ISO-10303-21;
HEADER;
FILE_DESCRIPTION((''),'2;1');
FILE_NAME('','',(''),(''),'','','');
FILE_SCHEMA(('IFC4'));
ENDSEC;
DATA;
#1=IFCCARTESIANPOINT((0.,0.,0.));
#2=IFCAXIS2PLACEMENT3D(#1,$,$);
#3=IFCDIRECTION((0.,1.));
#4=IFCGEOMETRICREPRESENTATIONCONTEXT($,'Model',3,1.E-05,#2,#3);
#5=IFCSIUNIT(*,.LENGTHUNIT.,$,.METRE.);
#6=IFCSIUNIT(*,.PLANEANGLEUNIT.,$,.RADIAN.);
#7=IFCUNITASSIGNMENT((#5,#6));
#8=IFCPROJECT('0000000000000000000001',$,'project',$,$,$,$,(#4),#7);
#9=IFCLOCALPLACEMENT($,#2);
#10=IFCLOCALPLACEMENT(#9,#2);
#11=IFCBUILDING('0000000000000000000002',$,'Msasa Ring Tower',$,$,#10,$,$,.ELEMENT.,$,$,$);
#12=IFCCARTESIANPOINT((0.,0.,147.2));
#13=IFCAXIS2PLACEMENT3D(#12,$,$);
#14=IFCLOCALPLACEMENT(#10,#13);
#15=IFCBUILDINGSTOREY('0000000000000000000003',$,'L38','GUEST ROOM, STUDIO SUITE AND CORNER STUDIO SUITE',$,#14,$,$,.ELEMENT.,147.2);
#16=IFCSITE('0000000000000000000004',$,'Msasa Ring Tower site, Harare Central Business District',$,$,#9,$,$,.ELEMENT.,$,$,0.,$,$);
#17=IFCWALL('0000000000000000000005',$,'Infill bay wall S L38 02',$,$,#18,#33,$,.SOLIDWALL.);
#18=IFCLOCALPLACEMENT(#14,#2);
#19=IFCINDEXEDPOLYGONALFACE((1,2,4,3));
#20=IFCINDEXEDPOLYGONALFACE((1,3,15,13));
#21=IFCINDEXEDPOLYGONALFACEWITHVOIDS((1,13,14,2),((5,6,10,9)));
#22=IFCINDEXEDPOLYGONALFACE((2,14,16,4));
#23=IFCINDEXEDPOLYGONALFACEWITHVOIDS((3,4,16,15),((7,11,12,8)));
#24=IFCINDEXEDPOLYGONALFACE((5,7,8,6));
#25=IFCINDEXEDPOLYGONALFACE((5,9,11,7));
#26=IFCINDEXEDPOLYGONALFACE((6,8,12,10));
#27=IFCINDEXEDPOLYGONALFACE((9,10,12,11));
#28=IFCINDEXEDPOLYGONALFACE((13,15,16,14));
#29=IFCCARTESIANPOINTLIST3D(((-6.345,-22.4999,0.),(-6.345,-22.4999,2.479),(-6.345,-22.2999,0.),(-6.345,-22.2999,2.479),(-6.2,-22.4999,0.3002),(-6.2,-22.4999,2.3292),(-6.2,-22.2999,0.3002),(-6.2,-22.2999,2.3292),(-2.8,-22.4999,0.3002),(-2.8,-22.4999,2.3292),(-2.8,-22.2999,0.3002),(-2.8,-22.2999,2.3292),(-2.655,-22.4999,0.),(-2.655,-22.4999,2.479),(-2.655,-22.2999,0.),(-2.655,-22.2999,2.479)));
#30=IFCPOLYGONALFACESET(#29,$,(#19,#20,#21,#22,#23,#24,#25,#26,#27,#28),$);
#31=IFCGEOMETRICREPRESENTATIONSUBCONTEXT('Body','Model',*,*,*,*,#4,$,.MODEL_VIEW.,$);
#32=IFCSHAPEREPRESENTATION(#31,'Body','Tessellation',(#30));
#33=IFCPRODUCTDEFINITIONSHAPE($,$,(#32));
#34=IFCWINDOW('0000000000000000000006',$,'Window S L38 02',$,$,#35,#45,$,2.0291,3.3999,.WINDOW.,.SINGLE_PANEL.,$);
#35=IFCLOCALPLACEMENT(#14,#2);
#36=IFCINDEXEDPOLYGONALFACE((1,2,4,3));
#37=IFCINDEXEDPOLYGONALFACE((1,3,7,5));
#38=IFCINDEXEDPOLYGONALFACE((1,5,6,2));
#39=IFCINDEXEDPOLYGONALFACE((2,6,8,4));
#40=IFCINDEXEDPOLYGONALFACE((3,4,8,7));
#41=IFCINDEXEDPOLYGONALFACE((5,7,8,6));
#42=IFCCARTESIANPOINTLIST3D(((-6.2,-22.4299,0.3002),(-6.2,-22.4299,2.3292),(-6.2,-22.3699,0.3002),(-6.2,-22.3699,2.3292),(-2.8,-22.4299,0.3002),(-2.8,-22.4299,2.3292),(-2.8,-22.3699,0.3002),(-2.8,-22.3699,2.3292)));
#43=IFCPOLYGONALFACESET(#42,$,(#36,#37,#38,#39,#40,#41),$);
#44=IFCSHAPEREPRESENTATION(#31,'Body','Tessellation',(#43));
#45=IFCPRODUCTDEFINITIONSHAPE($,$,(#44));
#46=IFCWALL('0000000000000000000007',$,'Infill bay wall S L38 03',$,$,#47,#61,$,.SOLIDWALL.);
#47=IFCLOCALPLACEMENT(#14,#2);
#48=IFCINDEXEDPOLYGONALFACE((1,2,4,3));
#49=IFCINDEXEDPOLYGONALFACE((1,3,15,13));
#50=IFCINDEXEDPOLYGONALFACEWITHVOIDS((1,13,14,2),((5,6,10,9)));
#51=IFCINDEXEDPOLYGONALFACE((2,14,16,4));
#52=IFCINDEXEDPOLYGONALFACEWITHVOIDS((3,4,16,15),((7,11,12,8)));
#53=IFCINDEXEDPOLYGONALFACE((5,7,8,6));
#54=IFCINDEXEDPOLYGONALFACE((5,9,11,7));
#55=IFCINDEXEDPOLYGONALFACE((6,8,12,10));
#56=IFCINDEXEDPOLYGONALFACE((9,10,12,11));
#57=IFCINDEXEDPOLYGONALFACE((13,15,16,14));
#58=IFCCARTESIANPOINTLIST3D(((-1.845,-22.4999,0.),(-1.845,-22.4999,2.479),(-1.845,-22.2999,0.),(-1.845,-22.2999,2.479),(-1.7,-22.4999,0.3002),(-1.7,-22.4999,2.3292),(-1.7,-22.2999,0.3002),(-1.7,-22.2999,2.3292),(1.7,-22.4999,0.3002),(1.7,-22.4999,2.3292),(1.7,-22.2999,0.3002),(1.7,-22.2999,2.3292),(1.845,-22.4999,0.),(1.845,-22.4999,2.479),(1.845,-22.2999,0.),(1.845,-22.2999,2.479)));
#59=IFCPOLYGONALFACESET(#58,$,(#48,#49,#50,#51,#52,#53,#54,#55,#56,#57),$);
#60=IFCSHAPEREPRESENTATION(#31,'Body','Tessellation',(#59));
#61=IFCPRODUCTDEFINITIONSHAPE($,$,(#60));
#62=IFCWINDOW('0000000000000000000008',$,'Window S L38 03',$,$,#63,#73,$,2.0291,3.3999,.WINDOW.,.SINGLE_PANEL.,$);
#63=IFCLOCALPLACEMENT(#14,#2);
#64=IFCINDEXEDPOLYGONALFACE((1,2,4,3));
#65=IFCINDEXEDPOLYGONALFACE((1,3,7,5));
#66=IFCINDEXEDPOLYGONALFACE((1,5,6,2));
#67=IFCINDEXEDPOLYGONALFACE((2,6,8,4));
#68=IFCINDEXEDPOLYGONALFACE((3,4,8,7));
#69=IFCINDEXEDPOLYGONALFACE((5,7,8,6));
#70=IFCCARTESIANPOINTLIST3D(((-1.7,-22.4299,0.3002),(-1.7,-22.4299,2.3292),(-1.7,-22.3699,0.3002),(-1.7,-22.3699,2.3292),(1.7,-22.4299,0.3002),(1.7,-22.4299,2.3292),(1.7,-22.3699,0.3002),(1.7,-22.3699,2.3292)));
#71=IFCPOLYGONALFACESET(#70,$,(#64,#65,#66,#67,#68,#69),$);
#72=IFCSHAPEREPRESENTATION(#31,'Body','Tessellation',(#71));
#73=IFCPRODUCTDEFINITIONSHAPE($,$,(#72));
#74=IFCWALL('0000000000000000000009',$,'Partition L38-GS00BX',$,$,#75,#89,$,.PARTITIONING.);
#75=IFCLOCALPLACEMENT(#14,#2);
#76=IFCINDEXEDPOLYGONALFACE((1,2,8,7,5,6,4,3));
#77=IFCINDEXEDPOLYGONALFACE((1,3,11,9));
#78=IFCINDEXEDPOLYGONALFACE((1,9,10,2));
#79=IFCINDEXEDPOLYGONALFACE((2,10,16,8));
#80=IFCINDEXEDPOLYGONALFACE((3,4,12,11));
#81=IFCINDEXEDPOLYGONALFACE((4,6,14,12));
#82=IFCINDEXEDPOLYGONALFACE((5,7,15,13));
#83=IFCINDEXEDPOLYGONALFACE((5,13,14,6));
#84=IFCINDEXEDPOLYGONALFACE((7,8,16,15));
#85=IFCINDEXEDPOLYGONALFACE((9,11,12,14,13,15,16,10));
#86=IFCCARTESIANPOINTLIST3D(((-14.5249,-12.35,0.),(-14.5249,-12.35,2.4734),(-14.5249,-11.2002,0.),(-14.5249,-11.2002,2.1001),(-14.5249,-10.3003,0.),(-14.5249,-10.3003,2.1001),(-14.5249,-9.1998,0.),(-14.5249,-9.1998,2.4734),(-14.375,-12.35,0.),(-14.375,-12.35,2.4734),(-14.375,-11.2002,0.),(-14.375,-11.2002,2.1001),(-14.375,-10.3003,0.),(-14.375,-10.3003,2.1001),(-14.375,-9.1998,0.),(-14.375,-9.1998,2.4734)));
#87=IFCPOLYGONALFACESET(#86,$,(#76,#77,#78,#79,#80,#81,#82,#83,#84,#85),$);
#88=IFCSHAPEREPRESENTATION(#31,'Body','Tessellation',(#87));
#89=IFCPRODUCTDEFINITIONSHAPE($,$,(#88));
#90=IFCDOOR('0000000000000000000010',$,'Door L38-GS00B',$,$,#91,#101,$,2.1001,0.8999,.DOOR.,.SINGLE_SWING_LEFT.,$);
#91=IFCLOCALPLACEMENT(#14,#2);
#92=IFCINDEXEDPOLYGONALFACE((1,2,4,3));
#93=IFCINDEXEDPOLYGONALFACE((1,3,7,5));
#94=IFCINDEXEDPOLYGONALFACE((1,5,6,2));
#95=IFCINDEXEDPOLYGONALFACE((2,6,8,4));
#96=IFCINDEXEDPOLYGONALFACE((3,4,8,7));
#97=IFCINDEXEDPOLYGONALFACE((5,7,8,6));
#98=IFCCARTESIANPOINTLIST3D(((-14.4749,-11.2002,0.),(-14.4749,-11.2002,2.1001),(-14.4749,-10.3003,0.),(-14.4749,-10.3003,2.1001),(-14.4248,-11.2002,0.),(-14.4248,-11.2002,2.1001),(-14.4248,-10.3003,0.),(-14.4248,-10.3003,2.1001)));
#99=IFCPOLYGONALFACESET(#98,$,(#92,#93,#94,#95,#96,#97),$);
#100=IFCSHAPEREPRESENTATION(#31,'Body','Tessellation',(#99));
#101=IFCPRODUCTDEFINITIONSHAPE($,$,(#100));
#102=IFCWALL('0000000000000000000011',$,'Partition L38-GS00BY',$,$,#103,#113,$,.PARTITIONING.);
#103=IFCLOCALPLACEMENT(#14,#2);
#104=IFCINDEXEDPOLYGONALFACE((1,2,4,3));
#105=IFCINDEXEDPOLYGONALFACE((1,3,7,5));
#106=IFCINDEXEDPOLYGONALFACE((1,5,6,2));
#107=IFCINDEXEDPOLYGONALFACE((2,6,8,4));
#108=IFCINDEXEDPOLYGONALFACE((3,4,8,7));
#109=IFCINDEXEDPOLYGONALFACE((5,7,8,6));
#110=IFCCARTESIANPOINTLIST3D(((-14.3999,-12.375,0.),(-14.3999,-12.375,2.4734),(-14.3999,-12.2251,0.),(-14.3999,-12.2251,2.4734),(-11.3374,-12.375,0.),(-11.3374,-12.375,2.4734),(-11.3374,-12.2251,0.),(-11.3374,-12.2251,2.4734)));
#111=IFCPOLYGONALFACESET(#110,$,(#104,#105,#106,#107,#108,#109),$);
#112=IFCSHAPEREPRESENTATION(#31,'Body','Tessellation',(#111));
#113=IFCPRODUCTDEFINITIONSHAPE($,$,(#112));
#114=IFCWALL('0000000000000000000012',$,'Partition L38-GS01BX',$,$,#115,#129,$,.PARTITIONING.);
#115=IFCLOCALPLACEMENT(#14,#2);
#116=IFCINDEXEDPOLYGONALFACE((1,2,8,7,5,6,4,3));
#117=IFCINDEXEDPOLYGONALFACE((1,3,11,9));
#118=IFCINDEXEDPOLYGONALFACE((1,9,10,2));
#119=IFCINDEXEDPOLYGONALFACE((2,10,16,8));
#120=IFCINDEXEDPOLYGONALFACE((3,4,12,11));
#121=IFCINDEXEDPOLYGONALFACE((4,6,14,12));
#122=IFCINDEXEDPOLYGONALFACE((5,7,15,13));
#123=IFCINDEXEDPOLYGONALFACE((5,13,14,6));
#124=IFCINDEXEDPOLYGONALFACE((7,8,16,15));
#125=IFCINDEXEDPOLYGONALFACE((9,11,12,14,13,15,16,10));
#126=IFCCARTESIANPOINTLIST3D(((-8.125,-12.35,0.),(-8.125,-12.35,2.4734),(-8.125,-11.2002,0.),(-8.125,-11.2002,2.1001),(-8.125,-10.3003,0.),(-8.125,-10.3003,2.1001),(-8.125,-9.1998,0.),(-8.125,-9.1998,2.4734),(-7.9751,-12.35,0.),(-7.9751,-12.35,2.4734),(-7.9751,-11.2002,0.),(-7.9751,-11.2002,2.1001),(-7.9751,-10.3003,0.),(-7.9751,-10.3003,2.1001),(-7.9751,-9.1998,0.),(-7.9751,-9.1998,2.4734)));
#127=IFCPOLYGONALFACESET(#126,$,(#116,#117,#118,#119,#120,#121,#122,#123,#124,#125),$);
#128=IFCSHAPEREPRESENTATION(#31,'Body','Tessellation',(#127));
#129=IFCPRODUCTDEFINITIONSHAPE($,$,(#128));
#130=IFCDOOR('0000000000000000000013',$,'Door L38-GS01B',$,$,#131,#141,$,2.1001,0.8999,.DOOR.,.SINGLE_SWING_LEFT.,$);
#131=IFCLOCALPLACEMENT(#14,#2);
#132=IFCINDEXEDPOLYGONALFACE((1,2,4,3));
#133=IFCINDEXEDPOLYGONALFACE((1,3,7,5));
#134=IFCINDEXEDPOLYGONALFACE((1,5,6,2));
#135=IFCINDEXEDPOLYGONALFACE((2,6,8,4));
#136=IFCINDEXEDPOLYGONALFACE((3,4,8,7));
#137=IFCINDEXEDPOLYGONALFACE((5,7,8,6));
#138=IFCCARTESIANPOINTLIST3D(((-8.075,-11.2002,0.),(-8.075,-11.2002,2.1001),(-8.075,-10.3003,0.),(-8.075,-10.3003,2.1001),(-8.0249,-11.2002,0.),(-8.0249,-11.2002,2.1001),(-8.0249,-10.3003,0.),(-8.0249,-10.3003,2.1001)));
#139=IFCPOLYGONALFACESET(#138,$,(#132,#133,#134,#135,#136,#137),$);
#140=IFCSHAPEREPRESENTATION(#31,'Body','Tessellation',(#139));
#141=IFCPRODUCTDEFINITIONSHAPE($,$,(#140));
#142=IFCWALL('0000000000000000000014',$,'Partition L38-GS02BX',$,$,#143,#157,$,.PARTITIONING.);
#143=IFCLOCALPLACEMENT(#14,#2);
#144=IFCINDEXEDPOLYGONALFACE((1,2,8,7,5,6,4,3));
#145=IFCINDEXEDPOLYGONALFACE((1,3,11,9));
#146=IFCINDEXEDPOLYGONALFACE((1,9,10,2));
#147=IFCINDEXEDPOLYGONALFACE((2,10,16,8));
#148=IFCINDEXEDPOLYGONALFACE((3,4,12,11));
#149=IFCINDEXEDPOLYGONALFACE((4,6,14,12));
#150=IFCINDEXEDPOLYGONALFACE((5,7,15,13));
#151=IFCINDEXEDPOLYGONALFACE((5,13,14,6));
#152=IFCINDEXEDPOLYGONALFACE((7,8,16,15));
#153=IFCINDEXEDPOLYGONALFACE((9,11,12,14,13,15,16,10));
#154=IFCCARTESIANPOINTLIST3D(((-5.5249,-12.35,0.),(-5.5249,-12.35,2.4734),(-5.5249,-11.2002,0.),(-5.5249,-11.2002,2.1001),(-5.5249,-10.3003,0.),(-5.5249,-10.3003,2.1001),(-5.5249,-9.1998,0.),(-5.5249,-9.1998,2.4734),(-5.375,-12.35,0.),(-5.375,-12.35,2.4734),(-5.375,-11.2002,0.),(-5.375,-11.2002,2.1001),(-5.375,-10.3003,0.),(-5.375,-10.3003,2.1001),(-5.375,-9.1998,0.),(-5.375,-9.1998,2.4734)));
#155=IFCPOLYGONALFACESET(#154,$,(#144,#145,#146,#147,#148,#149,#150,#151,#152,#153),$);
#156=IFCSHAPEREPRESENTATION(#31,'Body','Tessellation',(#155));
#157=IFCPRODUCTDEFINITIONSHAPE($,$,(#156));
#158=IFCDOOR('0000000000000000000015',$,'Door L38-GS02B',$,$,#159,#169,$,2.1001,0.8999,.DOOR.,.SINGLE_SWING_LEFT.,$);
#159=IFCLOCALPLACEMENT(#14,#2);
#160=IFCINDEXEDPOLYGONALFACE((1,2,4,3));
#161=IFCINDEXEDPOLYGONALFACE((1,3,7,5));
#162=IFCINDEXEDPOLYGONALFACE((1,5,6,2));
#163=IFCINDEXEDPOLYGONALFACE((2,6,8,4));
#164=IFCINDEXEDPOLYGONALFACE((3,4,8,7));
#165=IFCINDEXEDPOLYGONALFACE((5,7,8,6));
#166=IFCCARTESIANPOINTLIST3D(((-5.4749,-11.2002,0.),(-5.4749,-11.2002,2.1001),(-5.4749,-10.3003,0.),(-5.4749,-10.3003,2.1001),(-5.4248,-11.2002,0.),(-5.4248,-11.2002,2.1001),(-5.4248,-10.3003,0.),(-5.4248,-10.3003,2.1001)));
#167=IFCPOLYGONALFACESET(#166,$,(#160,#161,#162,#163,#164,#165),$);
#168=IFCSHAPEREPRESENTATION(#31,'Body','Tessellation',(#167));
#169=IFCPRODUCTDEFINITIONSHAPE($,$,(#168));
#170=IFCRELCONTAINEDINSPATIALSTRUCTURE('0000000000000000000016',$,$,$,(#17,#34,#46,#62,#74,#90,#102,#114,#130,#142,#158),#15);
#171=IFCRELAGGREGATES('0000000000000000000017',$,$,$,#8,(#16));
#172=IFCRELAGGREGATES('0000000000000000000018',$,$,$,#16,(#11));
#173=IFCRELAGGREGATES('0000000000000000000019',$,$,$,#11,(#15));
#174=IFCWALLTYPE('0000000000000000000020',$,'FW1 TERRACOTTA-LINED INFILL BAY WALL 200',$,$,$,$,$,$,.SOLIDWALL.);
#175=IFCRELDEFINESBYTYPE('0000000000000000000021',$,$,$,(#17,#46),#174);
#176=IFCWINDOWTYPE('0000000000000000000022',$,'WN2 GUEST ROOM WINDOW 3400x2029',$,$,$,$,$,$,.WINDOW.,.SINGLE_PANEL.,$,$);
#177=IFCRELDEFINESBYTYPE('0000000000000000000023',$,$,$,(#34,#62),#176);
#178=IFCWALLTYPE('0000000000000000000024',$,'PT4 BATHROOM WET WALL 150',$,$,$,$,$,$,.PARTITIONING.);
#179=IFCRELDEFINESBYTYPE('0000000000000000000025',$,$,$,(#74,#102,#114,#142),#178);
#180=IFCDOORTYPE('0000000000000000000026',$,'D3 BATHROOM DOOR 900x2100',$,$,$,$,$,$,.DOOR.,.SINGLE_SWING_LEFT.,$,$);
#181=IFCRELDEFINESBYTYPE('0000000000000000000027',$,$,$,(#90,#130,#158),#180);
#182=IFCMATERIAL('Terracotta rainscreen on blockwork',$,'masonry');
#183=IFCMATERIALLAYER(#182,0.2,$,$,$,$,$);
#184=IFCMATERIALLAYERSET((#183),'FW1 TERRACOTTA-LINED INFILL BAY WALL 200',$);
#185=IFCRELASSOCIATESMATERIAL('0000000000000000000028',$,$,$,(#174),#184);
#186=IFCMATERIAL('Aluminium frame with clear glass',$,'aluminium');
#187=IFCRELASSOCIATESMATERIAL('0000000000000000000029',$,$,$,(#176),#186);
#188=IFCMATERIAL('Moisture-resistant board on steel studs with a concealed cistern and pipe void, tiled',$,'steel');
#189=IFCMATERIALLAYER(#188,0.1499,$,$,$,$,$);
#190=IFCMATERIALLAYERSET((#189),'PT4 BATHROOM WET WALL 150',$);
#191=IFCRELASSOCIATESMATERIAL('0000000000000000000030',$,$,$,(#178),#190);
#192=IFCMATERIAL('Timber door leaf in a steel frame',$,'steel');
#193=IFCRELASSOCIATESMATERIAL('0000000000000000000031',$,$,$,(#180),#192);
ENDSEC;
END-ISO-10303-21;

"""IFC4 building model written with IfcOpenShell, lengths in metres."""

from ifc_helpers import new_model, si_unit, direction, frame, frame_2d, origin, place, context, subcontext, project, spatial, rectangle, extrude, material, layer, layer_set, type_object, element, fill, save


model = new_model("IFC4")

# Units and contexts
model_context = context("Model", 3, precision=1e-05, world=origin(), true_north=direction((0.0, 1.0)))
body_context = subcontext(model_context, "Body", "Model", "MODEL_VIEW")
ifc_project = project(units=[si_unit("LENGTHUNIT", "METRE"), si_unit("PLANEANGLEUNIT", "RADIAN")], contexts=[model_context])

# Site, building, storey
site_placement = place(None, origin())
site = spatial("IfcSite", under=ifc_project, at=site_placement, Name="Msasa Ring Tower site, Harare Central Business District", CompositionType="ELEMENT", RefElevation=0.0)
building_placement = place(site_placement, origin())
building = spatial("IfcBuilding", under=site, at=building_placement, Name="Msasa Ring Tower", CompositionType="ELEMENT")
storey_placement = place(building_placement, frame((0.0, 0.0, 147.2)))
storey = spatial("IfcBuildingStorey", under=building, at=storey_placement, Name="L38", Description="GUEST ROOM, STUDIO SUITE AND CORNER STUDIO SUITE", CompositionType="ELEMENT", Elevation=147.2)

# Walls, openings, windows
ifc_material_1 = material(Name="Terracotta rainscreen on blockwork", Category="masonry")
ifc_layer_1 = layer(ifc_material_1, 0.2)
ifc_layer_set_1 = layer_set([ifc_layer_1], Name="FW1 TERRACOTTA-LINED INFILL BAY WALL 200")
wall_type_1 = type_object("IfcWallType", Name="FW1 TERRACOTTA-LINED INFILL BAY WALL 200", PredefinedType="SOLIDWALL", material=ifc_layer_set_1)
ifc_material_2 = material(Name="Aluminium frame with clear glass", Category="aluminium")
window_type = type_object("IfcWindowType", Name="WN2 GUEST ROOM WINDOW 3400x2029", PartitioningType="SINGLE_PANEL", PredefinedType="WINDOW", material=ifc_material_2)
wall_1_placement = place(storey_placement, frame((-6.345, -22.3999, 0.0), z_axis=(0.0, 0.0, 1.0), x_axis=(1.0, 0.0, 0.0)))
wall_1 = element("IfcWall", 1, at=wall_1_placement, inside=storey, type_object=wall_type_1, Name="Infill bay wall S L38 02", PredefinedType="SOLIDWALL", context=body_context, shape_type="SweptSolid", body=[
    extrude(rectangle(XDim=3.6899, YDim=0.2, at=frame_2d((1.845, 0.0))), origin(), (0.0, 0.0, 1.0), 2.479),
])
opening_1_placement = place(wall_1_placement, frame((0.145, 0.0, 0.3)))
opening_1 = element("IfcOpeningElement", 2, at=opening_1_placement, cuts=wall_1, PredefinedType="OPENING", context=body_context, shape_type="SweptSolid", body=[
    extrude(rectangle(XDim=3.3999, YDim=2.0291, at=frame_2d((1.7, 1.0146))), frame((0.0, 0.1099, 0.0), z_axis=(0.0, -1.0, 0.0), x_axis=(1.0, 0.0, 0.0)), (0.0, 0.0, 1.0), 0.22),
])
window_1_placement = place(opening_1_placement, origin())
window_1 = element("IfcWindow", 3, at=window_1_placement, inside=storey, type_object=window_type, Name="Window S L38 02", OverallHeight=2.0291, OverallWidth=3.3999, PartitioningType="SINGLE_PANEL", PredefinedType="WINDOW", context=body_context, shape_type="SweptSolid", body=[
    extrude(rectangle(XDim=3.3999, YDim=2.0291, at=frame_2d((1.7, 1.0146))), frame((0.0, 0.03, 0.0), z_axis=(0.0, -1.0, 0.0), x_axis=(1.0, 0.0, 0.0)), (0.0, 0.0, 1.0), 0.0601),
])
fill(opening_1, window_1)
wall_2_placement = place(storey_placement, frame((-1.845, -22.3999, 0.0), z_axis=(0.0, 0.0, 1.0), x_axis=(1.0, 0.0, 0.0)))
wall_2 = element("IfcWall", 4, at=wall_2_placement, inside=storey, type_object=wall_type_1, Name="Infill bay wall S L38 03", PredefinedType="SOLIDWALL", context=body_context, shape_type="SweptSolid", body=[
    extrude(rectangle(XDim=3.6899, YDim=0.2, at=frame_2d((1.845, 0.0))), origin(), (0.0, 0.0, 1.0), 2.479),
])
opening_2_placement = place(wall_2_placement, frame((0.145, 0.0, 0.3)))
opening_2 = element("IfcOpeningElement", 5, at=opening_2_placement, cuts=wall_2, PredefinedType="OPENING", context=body_context, shape_type="SweptSolid", body=[
    extrude(rectangle(XDim=3.3999, YDim=2.0291, at=frame_2d((1.7, 1.0146))), frame((0.0, 0.1099, 0.0), z_axis=(0.0, -1.0, 0.0), x_axis=(1.0, 0.0, 0.0)), (0.0, 0.0, 1.0), 0.22),
])
window_2_placement = place(opening_2_placement, origin())
window_2 = element("IfcWindow", 6, at=window_2_placement, inside=storey, type_object=window_type, Name="Window S L38 03", OverallHeight=2.0291, OverallWidth=3.3999, PartitioningType="SINGLE_PANEL", PredefinedType="WINDOW", context=body_context, shape_type="SweptSolid", body=[
    extrude(rectangle(XDim=3.3999, YDim=2.0291, at=frame_2d((1.7, 1.0146))), frame((0.0, 0.03, 0.0), z_axis=(0.0, -1.0, 0.0), x_axis=(1.0, 0.0, 0.0)), (0.0, 0.0, 1.0), 0.0601),
])
fill(opening_2, window_2)

# Wall, opening, door
ifc_material_3 = material(Name="Moisture-resistant board on steel studs with a concealed cistern and pipe void, tiled", Category="steel")
ifc_layer_2 = layer(ifc_material_3, 0.1499)
ifc_layer_set_2 = layer_set([ifc_layer_2], Name="PT4 BATHROOM WET WALL 150")
wall_type_2 = type_object("IfcWallType", Name="PT4 BATHROOM WET WALL 150", PredefinedType="PARTITIONING", material=ifc_layer_set_2)
wall_3_placement = place(storey_placement, frame((-14.45, -12.3501, 0.0), z_axis=(0.0, 0.0, 1.0), x_axis=(0.0, 1.0, 0.0)))
wall_3 = element("IfcWall", 7, at=wall_3_placement, inside=storey, type_object=wall_type_2, Name="Partition L38-GS00BX", PredefinedType="PARTITIONING", context=body_context, shape_type="SweptSolid", body=[
    extrude(rectangle(XDim=3.1501, YDim=0.1499, at=frame_2d((1.5752, 0.0))), origin(), (0.0, 0.0, 1.0), 2.4734),
])
opening_3_placement = place(wall_3_placement, frame((1.1499, 0.0, 0.0)))
opening_3 = element("IfcOpeningElement", 8, at=opening_3_placement, cuts=wall_3, PredefinedType="OPENING", context=body_context, shape_type="SweptSolid", body=[
    extrude(rectangle(XDim=0.8999, YDim=2.1001, at=frame_2d((0.45, 1.05))), frame((0.0, 0.085, 0.0), z_axis=(0.0, -1.0, 0.0), x_axis=(1.0, 0.0, 0.0)), (0.0, 0.0, 1.0), 0.1699),
])
ifc_material_4 = material(Name="Timber door leaf in a steel frame", Category="steel")
door_type = type_object("IfcDoorType", Name="D3 BATHROOM DOOR 900x2100", OperationType="SINGLE_SWING_LEFT", PredefinedType="DOOR", material=ifc_material_4)
door_1_placement = place(opening_3_placement, origin())
door_1 = element("IfcDoor", 9, at=door_1_placement, inside=storey, type_object=door_type, Name="Door L38-GS00B", OperationType="SINGLE_SWING_LEFT", OverallHeight=2.1001, OverallWidth=0.8999, PredefinedType="DOOR", context=body_context, shape_type="SweptSolid", body=[
    extrude(rectangle(XDim=0.8999, YDim=2.1001, at=frame_2d((0.45, 1.05))), frame((0.0, 0.0249, 0.0), z_axis=(0.0, -1.0, 0.0), x_axis=(1.0, 0.0, 0.0)), (0.0, 0.0, 1.0), 0.05),
])
fill(opening_3, door_1)

# Wall
wall_4_placement = place(storey_placement, frame((-14.3999, -12.3, 0.0), z_axis=(0.0, 0.0, 1.0), x_axis=(1.0, 0.0, 0.0)))
element("IfcWall", 10, at=wall_4_placement, inside=storey, type_object=wall_type_2, Name="Partition L38-GS00BY", PredefinedType="PARTITIONING", context=body_context, shape_type="SweptSolid", body=[
    extrude(rectangle(XDim=3.0625, YDim=0.1499, at=frame_2d((1.5312, 0.0))), origin(), (0.0, 0.0, 1.0), 2.4734),
])

# Walls, openings, doors
wall_5_placement = place(storey_placement, frame((-8.05, -12.3501, 0.0), z_axis=(0.0, 0.0, 1.0), x_axis=(0.0, 1.0, 0.0)))
wall_5 = element("IfcWall", 11, at=wall_5_placement, inside=storey, type_object=wall_type_2, Name="Partition L38-GS01BX", PredefinedType="PARTITIONING", context=body_context, shape_type="SweptSolid", body=[
    extrude(rectangle(XDim=3.1501, YDim=0.1499, at=frame_2d((1.5752, 0.0))), origin(), (0.0, 0.0, 1.0), 2.4734),
])
opening_4_placement = place(wall_5_placement, frame((1.1499, 0.0, 0.0)))
opening_4 = element("IfcOpeningElement", 12, at=opening_4_placement, cuts=wall_5, PredefinedType="OPENING", context=body_context, shape_type="SweptSolid", body=[
    extrude(rectangle(XDim=0.8999, YDim=2.1001, at=frame_2d((0.45, 1.05))), frame((0.0, 0.085, 0.0), z_axis=(0.0, -1.0, 0.0), x_axis=(1.0, 0.0, 0.0)), (0.0, 0.0, 1.0), 0.1699),
])
door_2_placement = place(opening_4_placement, origin())
door_2 = element("IfcDoor", 13, at=door_2_placement, inside=storey, type_object=door_type, Name="Door L38-GS01B", OperationType="SINGLE_SWING_LEFT", OverallHeight=2.1001, OverallWidth=0.8999, PredefinedType="DOOR", context=body_context, shape_type="SweptSolid", body=[
    extrude(rectangle(XDim=0.8999, YDim=2.1001, at=frame_2d((0.45, 1.05))), frame((0.0, 0.0249, 0.0), z_axis=(0.0, -1.0, 0.0), x_axis=(1.0, 0.0, 0.0)), (0.0, 0.0, 1.0), 0.05),
])
fill(opening_4, door_2)
wall_6_placement = place(storey_placement, frame((-5.45, -12.3501, 0.0), z_axis=(0.0, 0.0, 1.0), x_axis=(0.0, 1.0, 0.0)))
wall_6 = element("IfcWall", 14, at=wall_6_placement, inside=storey, type_object=wall_type_2, Name="Partition L38-GS02BX", PredefinedType="PARTITIONING", context=body_context, shape_type="SweptSolid", body=[
    extrude(rectangle(XDim=3.1501, YDim=0.1499, at=frame_2d((1.5752, 0.0))), origin(), (0.0, 0.0, 1.0), 2.4734),
])
opening_5_placement = place(wall_6_placement, frame((1.1499, 0.0, 0.0)))
opening_5 = element("IfcOpeningElement", 15, at=opening_5_placement, cuts=wall_6, PredefinedType="OPENING", context=body_context, shape_type="SweptSolid", body=[
    extrude(rectangle(XDim=0.8999, YDim=2.1001, at=frame_2d((0.45, 1.05))), frame((0.0, 0.085, 0.0), z_axis=(0.0, -1.0, 0.0), x_axis=(1.0, 0.0, 0.0)), (0.0, 0.0, 1.0), 0.1699),
])
door_3_placement = place(opening_5_placement, origin())
door_3 = element("IfcDoor", 16, at=door_3_placement, inside=storey, type_object=door_type, Name="Door L38-GS02B", OperationType="SINGLE_SWING_LEFT", OverallHeight=2.1001, OverallWidth=0.8999, PredefinedType="DOOR", context=body_context, shape_type="SweptSolid", body=[
    extrude(rectangle(XDim=0.8999, YDim=2.1001, at=frame_2d((0.45, 1.05))), frame((0.0, 0.0249, 0.0), z_axis=(0.0, -1.0, 0.0), x_axis=(1.0, 0.0, 0.0)), (0.0, 0.0, 1.0), 0.05),
])
fill(opening_5, door_3)

save(model, "model.ifc")
